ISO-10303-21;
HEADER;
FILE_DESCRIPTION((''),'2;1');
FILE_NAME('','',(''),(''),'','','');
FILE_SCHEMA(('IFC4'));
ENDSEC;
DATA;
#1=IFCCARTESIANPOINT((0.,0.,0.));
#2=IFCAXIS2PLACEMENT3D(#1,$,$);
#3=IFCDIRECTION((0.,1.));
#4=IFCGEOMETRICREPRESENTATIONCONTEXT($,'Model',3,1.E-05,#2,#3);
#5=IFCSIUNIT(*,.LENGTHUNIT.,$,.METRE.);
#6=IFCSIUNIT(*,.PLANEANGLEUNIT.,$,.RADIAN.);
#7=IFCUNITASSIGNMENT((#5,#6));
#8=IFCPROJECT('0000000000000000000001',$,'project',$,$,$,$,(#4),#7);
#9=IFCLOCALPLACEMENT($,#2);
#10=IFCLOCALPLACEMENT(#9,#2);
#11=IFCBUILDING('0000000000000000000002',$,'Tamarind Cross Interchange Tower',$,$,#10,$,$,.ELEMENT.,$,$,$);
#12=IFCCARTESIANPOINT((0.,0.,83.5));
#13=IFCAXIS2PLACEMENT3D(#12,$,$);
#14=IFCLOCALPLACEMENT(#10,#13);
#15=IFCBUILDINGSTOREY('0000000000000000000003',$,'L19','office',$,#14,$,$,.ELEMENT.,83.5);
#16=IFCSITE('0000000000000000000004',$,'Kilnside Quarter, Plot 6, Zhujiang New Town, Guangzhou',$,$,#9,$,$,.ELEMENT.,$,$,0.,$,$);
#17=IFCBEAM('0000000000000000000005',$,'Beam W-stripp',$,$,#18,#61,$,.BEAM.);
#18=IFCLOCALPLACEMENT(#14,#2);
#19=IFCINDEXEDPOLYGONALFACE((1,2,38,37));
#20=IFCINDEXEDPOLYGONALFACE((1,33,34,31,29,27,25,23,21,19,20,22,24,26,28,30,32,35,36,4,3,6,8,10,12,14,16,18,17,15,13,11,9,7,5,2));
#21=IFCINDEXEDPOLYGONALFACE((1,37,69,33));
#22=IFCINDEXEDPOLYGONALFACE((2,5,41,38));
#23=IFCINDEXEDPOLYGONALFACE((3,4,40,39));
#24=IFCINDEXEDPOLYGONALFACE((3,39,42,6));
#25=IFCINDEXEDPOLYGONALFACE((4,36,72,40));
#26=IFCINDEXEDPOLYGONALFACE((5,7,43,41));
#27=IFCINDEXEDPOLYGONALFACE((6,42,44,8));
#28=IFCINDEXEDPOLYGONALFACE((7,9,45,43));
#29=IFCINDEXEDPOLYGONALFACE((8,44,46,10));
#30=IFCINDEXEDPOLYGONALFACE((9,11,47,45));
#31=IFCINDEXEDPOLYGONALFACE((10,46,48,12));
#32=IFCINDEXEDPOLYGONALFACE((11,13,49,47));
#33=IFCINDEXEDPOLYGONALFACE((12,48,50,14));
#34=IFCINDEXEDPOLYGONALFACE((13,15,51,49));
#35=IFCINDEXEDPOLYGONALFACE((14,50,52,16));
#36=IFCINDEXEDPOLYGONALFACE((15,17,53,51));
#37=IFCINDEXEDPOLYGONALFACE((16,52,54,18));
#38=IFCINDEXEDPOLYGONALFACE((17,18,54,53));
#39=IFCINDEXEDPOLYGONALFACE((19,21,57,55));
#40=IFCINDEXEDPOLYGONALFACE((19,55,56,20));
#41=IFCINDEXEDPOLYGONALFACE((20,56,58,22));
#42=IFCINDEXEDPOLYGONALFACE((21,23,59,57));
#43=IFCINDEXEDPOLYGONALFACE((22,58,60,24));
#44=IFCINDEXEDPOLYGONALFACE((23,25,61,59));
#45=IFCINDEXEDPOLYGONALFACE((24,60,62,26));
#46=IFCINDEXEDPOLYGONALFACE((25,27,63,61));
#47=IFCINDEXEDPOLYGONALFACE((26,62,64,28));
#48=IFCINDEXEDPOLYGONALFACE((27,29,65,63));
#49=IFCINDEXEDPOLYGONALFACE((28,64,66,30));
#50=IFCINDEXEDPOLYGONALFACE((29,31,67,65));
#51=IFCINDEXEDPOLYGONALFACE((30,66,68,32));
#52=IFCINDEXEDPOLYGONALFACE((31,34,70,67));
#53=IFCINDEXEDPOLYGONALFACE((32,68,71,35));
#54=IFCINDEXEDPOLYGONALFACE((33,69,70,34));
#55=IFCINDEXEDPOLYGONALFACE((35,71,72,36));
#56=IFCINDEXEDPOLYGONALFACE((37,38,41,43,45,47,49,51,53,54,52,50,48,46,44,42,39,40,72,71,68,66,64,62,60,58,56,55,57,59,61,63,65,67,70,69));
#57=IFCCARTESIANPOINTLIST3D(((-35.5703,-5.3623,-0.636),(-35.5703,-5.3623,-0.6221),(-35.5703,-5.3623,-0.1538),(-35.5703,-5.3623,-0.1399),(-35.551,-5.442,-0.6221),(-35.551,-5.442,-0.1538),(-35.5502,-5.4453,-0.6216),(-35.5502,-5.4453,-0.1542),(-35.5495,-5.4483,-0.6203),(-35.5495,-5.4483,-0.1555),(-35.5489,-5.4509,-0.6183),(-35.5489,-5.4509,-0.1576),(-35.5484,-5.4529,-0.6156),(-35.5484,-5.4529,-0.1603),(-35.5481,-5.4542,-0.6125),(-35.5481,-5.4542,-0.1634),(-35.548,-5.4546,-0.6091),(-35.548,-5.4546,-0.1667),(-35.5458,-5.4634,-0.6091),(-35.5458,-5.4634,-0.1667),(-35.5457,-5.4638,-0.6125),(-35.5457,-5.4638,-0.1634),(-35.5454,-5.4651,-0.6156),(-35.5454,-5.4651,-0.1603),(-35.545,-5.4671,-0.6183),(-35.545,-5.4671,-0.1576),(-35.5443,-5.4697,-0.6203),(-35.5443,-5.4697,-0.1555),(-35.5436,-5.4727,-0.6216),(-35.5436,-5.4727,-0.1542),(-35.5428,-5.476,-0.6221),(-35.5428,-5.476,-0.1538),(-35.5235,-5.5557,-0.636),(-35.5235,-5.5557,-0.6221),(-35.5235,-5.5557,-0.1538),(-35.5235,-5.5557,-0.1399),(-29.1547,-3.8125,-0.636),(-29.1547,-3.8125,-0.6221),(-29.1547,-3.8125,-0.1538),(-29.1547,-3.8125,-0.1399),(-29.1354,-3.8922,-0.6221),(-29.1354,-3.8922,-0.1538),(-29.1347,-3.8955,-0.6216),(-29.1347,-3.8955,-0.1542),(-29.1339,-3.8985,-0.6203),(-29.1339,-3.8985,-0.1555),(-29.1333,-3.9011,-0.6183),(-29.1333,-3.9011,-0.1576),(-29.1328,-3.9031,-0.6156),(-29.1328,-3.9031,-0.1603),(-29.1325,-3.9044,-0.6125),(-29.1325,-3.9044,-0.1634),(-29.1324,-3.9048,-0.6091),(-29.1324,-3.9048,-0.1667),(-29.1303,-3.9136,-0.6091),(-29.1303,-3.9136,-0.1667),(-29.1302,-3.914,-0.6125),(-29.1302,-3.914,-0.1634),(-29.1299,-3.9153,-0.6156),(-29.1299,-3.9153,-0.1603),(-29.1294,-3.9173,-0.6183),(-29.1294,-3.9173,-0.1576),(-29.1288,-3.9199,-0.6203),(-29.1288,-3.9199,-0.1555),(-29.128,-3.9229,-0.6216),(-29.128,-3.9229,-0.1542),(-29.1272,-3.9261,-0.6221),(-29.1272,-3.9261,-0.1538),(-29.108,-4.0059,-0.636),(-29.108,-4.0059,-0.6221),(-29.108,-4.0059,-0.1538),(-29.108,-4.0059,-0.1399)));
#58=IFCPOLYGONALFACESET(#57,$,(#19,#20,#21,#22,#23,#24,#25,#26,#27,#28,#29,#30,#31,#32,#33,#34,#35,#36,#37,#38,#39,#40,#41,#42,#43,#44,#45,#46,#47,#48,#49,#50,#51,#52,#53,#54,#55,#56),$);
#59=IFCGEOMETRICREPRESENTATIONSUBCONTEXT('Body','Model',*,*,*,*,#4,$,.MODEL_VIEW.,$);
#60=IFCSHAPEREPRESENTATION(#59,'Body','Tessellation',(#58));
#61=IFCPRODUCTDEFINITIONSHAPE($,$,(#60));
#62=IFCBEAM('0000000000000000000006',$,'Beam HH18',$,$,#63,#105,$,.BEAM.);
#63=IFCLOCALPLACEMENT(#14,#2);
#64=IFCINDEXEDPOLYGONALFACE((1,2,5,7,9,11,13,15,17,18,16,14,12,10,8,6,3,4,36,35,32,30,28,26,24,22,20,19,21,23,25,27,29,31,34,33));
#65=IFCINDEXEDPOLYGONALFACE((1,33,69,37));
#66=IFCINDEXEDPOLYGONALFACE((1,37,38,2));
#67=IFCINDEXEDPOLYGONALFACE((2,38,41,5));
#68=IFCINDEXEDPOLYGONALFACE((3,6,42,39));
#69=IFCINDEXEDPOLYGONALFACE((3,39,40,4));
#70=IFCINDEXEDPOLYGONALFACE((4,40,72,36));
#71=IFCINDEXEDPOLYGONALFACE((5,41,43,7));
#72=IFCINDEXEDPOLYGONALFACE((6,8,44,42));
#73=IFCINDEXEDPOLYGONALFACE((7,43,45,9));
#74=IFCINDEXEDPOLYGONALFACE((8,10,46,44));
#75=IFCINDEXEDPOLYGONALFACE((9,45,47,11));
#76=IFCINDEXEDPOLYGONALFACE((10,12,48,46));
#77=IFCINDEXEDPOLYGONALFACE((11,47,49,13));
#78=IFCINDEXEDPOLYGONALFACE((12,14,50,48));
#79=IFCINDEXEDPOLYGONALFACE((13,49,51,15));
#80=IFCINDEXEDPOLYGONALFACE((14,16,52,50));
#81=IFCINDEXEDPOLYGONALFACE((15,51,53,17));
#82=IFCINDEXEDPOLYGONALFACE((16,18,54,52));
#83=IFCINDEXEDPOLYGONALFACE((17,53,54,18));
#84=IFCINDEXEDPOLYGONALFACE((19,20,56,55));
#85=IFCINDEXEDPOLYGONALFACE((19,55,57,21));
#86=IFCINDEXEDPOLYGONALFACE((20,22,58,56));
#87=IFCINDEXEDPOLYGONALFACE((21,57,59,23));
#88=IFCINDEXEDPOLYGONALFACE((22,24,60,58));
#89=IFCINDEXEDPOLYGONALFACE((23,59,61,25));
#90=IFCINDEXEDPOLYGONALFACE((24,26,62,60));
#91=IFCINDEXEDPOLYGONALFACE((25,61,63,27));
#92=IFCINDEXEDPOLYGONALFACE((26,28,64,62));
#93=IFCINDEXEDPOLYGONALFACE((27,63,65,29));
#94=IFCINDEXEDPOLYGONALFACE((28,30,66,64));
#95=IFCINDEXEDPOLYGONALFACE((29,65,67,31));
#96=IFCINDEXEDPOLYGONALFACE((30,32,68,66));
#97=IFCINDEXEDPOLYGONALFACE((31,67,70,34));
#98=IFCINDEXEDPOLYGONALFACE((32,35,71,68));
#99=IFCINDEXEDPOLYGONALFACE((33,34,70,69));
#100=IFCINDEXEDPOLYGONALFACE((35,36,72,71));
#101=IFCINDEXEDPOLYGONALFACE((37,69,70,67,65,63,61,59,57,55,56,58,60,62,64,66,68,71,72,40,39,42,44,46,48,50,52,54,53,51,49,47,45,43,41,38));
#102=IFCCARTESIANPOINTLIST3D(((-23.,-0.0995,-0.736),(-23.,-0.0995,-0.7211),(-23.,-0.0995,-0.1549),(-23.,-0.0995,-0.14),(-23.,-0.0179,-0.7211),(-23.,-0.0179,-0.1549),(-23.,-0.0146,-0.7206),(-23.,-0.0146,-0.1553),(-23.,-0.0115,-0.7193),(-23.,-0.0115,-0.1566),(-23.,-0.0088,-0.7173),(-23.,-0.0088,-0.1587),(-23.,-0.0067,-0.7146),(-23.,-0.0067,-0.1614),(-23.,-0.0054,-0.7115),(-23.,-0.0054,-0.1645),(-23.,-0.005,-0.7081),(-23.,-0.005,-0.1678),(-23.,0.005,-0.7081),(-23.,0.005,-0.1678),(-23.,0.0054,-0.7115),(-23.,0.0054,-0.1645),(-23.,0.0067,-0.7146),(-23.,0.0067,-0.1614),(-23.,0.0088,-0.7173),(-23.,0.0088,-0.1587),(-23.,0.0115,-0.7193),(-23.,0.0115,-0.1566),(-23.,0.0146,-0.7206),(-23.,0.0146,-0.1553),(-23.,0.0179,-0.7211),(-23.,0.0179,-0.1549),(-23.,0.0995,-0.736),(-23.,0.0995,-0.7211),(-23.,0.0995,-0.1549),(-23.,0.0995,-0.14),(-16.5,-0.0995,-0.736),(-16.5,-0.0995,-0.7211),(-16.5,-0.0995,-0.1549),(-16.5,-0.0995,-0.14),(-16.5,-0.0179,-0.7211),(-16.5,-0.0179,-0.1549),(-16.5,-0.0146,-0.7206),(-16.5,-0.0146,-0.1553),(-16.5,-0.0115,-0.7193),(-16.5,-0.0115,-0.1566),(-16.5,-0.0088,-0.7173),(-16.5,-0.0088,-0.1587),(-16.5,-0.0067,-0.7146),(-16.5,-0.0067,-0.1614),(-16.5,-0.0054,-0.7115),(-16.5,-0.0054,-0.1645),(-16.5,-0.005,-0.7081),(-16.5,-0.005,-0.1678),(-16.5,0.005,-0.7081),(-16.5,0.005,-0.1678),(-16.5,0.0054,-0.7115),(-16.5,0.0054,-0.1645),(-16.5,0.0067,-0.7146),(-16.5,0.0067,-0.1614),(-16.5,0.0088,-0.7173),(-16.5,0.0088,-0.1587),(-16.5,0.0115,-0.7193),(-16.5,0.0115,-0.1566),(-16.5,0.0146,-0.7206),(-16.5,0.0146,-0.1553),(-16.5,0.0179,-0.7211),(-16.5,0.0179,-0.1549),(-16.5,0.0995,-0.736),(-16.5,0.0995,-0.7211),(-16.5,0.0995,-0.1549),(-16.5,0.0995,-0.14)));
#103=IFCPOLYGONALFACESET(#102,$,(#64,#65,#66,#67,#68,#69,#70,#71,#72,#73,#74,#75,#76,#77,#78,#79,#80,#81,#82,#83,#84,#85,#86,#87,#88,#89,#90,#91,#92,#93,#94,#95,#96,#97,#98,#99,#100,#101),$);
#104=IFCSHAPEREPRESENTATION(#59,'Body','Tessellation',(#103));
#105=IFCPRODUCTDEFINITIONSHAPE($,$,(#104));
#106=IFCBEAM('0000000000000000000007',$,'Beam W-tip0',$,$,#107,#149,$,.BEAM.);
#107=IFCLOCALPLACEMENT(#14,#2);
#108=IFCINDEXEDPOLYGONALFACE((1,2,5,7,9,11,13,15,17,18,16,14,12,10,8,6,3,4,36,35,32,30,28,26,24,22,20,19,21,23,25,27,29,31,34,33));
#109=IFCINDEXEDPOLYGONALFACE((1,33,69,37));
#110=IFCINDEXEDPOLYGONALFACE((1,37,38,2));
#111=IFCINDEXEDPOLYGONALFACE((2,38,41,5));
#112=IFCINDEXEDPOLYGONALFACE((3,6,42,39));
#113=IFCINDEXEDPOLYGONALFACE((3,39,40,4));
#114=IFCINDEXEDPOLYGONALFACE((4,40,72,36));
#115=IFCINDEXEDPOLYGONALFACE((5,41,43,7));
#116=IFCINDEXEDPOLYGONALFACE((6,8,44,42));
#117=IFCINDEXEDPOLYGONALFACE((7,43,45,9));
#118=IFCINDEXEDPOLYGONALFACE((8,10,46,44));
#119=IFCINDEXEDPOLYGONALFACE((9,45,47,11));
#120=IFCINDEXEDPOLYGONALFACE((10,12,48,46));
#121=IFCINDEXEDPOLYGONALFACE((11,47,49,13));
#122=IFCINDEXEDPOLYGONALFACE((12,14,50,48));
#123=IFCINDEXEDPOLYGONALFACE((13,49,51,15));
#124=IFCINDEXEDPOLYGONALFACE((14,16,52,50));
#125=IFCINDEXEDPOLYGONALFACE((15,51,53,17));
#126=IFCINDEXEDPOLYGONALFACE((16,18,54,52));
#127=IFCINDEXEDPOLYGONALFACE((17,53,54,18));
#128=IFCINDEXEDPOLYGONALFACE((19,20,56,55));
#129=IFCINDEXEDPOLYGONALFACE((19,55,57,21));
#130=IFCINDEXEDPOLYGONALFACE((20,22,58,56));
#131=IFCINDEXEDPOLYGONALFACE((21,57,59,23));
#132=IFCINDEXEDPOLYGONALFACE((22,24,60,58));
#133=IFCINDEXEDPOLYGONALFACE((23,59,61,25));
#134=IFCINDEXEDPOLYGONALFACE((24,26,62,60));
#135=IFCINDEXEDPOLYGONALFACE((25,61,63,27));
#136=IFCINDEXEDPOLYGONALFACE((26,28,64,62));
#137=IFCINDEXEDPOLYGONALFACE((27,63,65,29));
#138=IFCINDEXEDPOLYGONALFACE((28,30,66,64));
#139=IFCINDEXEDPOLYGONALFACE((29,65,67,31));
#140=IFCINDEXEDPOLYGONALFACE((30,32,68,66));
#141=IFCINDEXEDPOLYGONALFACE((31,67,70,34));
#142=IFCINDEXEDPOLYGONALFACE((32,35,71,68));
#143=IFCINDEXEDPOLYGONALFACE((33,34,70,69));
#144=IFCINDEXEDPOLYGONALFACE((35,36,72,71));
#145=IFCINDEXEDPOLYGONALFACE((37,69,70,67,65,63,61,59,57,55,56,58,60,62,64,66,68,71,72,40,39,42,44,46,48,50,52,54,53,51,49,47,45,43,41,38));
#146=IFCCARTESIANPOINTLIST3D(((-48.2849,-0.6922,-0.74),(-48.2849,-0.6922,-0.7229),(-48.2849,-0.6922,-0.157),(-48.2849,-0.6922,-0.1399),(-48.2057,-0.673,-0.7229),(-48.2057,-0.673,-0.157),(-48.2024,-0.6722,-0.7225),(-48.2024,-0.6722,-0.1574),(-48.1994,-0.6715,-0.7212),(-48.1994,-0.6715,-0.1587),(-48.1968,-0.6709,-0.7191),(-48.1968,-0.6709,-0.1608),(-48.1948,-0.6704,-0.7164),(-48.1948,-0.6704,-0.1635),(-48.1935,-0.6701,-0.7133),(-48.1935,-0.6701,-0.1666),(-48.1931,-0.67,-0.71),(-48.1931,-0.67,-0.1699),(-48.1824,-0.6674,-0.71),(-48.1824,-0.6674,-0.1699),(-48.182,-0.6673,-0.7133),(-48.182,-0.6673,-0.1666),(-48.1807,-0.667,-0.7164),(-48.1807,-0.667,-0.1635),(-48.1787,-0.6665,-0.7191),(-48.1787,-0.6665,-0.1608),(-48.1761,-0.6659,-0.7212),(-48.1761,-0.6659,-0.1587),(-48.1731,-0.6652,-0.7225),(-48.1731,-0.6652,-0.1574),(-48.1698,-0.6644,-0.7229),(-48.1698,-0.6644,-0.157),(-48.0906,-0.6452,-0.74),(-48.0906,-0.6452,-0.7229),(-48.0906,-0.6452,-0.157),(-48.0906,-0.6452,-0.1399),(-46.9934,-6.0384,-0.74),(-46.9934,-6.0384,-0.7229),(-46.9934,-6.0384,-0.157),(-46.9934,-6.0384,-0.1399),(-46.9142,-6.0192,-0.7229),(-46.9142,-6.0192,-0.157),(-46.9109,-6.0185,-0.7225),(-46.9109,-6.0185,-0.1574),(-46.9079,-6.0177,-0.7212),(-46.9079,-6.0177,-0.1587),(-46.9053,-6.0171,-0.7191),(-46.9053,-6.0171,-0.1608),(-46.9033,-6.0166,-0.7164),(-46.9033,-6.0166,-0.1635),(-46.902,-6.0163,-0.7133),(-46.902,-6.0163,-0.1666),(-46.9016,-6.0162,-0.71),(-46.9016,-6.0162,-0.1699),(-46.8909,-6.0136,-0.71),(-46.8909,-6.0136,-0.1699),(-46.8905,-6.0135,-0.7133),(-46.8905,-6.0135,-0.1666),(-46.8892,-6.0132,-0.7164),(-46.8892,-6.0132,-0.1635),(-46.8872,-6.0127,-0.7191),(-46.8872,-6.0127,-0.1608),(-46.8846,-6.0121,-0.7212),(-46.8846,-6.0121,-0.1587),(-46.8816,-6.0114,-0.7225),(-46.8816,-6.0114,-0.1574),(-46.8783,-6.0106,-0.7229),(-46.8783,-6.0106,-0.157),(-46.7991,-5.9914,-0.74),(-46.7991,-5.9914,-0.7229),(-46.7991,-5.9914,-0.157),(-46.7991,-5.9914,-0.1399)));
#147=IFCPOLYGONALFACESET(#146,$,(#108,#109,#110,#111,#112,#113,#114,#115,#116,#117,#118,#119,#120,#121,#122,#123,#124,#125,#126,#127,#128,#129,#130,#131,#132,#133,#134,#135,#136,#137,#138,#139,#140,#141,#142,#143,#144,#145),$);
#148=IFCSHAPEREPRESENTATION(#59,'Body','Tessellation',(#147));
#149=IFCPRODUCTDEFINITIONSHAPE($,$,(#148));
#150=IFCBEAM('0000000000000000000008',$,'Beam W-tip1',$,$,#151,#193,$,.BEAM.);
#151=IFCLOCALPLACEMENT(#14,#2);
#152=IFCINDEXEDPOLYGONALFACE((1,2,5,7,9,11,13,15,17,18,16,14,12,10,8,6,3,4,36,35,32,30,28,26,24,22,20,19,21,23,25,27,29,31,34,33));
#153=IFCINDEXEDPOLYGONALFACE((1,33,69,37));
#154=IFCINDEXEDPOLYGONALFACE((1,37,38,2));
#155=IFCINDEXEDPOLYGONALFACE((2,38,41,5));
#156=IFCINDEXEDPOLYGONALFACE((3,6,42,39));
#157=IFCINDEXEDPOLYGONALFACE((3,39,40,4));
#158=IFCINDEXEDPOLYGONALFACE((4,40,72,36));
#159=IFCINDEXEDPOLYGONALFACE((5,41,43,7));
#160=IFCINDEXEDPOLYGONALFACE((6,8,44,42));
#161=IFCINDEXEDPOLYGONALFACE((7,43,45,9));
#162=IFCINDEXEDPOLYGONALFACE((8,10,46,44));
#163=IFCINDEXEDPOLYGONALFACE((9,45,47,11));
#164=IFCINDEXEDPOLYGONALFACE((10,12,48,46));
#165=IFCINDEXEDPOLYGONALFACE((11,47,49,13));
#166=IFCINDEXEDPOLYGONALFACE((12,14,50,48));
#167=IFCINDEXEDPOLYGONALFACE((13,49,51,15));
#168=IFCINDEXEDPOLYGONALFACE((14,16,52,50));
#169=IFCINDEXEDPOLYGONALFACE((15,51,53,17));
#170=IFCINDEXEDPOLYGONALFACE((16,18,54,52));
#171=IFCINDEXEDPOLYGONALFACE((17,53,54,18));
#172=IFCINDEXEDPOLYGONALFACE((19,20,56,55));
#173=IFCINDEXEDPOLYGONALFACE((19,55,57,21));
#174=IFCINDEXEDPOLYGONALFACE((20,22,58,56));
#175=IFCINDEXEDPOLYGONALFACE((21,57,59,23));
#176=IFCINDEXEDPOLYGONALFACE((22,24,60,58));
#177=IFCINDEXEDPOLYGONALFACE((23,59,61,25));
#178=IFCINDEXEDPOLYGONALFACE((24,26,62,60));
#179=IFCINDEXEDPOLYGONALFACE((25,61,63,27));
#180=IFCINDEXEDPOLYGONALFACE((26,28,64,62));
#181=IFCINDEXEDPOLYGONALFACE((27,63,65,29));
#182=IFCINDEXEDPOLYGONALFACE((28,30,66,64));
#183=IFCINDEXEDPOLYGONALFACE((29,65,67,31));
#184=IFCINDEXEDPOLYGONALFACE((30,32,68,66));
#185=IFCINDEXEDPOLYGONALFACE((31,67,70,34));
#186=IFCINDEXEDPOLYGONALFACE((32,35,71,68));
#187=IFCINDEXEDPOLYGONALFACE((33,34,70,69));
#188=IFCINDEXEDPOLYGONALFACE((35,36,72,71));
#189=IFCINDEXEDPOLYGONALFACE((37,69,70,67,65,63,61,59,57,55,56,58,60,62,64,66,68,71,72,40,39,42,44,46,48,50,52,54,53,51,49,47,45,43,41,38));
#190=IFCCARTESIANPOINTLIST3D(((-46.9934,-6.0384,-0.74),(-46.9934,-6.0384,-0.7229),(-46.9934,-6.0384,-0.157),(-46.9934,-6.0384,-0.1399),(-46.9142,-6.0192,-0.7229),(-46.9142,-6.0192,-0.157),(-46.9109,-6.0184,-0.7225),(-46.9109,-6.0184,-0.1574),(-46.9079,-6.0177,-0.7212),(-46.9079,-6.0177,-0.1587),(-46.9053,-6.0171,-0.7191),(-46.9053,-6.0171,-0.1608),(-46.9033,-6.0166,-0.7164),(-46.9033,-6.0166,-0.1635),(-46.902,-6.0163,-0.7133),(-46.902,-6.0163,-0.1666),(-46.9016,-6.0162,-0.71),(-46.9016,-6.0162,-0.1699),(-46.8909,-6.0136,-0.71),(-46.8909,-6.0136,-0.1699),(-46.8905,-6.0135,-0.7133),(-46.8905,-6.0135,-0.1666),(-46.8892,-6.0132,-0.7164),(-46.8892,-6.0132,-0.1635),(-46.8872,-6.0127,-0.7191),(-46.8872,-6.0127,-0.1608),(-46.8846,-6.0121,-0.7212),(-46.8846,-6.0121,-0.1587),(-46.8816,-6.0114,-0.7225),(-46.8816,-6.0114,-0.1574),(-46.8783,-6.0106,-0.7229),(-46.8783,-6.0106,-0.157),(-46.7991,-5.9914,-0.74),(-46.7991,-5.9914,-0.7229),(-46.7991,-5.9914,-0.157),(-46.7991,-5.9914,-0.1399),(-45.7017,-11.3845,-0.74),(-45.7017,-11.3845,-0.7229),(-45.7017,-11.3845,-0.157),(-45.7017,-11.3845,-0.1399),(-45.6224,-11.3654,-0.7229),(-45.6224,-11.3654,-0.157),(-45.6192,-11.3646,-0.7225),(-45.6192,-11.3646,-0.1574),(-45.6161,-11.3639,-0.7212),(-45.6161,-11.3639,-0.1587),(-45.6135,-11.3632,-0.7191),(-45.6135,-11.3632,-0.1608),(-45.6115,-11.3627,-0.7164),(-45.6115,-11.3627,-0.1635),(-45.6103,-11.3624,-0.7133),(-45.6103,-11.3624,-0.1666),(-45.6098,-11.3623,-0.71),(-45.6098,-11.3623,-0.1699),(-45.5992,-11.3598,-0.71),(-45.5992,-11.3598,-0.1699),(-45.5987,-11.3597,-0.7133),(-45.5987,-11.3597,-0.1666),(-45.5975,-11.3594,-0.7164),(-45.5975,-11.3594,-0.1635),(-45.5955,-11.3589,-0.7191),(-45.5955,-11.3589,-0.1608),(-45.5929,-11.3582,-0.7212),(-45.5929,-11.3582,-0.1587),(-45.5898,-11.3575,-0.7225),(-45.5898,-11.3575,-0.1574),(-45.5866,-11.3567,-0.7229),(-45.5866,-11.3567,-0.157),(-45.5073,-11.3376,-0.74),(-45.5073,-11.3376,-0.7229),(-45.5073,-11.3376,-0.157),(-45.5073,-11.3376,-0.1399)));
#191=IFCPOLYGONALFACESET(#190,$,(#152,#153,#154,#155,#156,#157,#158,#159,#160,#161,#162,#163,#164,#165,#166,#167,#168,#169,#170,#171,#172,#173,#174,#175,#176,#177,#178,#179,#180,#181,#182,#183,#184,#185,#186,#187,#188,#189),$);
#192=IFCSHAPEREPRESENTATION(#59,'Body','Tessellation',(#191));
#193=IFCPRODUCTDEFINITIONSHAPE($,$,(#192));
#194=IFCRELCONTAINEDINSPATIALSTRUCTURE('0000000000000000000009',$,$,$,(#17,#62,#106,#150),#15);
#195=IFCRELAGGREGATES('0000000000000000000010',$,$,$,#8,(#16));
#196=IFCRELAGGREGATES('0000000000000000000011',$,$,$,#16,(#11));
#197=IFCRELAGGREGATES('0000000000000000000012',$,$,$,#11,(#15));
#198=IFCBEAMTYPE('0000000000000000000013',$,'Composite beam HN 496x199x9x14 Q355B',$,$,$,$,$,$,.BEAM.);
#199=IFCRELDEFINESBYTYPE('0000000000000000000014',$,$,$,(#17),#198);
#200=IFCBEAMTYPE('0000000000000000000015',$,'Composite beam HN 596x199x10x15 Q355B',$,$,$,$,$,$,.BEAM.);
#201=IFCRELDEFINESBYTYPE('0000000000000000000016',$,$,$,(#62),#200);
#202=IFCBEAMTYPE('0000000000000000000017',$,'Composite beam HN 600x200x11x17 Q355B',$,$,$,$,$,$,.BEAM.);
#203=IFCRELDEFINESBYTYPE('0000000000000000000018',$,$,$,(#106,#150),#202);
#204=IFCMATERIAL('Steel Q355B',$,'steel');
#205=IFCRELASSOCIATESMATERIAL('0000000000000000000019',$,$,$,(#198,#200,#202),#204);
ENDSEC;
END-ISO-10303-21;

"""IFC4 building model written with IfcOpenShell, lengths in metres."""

from ifc_helpers import new_model, si_unit, direction, frame, origin, origin_2d, place, context, subcontext, project, spatial, i_section, extrude, material, material_profile, profile_set, type_object, element, save


model = new_model("IFC4")

# Units and contexts
model_context = context("Model", 3, precision=1e-05, world=origin(), true_north=direction((0.0, 1.0)))
body_context = subcontext(model_context, "Body", "Model", "MODEL_VIEW")
ifc_project = project(units=[si_unit("LENGTHUNIT", "METRE"), si_unit("PLANEANGLEUNIT", "RADIAN")], contexts=[model_context])

# Site, building, storey
site_placement = place(None, origin())
site = spatial("IfcSite", under=ifc_project, at=site_placement, Name="Kilnside Quarter, Plot 6, Zhujiang New Town, Guangzhou", CompositionType="ELEMENT", RefElevation=0.0)
building_placement = place(site_placement, origin())
building = spatial("IfcBuilding", under=site, at=building_placement, Name="Tamarind Cross Interchange Tower", CompositionType="ELEMENT")
storey_placement = place(building_placement, frame((0.0, 0.0, 83.5)))
storey = spatial("IfcBuildingStorey", under=building, at=storey_placement, Name="L19", Description="office", CompositionType="ELEMENT", Elevation=83.5)

# Beams
ifc_material_1 = material(Name="Steel Q355B", Category="steel")
ifc_material_profile_1 = material_profile(ifc_material_1, i_section(OverallWidth=0.199, OverallDepth=0.4961, WebThickness=0.009, FlangeThickness=0.0139, FilletRadius=0.0129, at=origin_2d()), Name="HN 496x199x9x14")
ifc_profile_set_1 = profile_set([ifc_material_profile_1], Name="Steel Q355B")
beam_type_1 = type_object("IfcBeamType", Name="Composite beam HN 496x199x9x14 Q355B", PredefinedType="BEAM", material=ifc_profile_set_1)
beam_1_placement = place(storey_placement, frame((-29.1313, -3.9092, -0.3879), z_axis=(-0.97204, -0.234817, 0.0), x_axis=(0.234817, -0.97204, 0.0)))
element("IfcBeam", 1, at=beam_1_placement, inside=storey, type_object=beam_type_1, Name="Beam W-stripp", PredefinedType="BEAM", context=body_context, shape_type="SweptSolid", body=[
    extrude(i_section(OverallWidth=0.199, OverallDepth=0.4961, WebThickness=0.009, FlangeThickness=0.0139, FilletRadius=0.0129, at=origin_2d()), origin(), (0.0, 0.0, 1.0), 6.6001),
])
ifc_material_profile_2 = material_profile(ifc_material_1, i_section(OverallWidth=0.199, OverallDepth=0.5959, WebThickness=0.01, FlangeThickness=0.0149, FilletRadius=0.0129, at=origin_2d()), Name="HN 596x199x10x15")
ifc_profile_set_2 = profile_set([ifc_material_profile_2], Name="Steel Q355B")
beam_type_2 = type_object("IfcBeamType", Name="Composite beam HN 596x199x10x15 Q355B", PredefinedType="BEAM", material=ifc_profile_set_2)
beam_2_placement = place(storey_placement, frame((-23.0, 0.0, -0.438), z_axis=(1.0, 0.0, 0.0), x_axis=(0.0, 1.0, 0.0)))
element("IfcBeam", 2, at=beam_2_placement, inside=storey, type_object=beam_type_2, Name="Beam HH18", PredefinedType="BEAM", context=body_context, shape_type="SweptSolid", body=[
    extrude(i_section(OverallWidth=0.199, OverallDepth=0.5959, WebThickness=0.01, FlangeThickness=0.0149, FilletRadius=0.0129, at=origin_2d()), origin(), (0.0, 0.0, 1.0), 6.5),
])
ifc_material_profile_3 = material_profile(ifc_material_1, i_section(OverallWidth=0.2, OverallDepth=0.6001, WebThickness=0.011, FlangeThickness=0.0171, FilletRadius=0.0129, at=origin_2d()), Name="HN 600x200x11x17")
ifc_profile_set_3 = profile_set([ifc_material_profile_3], Name="Steel Q355B")
beam_type_3 = type_object("IfcBeamType", Name="Composite beam HN 600x200x11x17 Q355B", PredefinedType="BEAM", material=ifc_profile_set_3)
for number, where, z_axis, x_axis, name in (
    (3, (-48.1877, -0.6687, -0.4399), (0.23482, -0.972039, 0.0), (0.972039, 0.23482, 0.0), "Beam W-tip0"),
    (4, (-46.8962, -6.0149, -0.4399), (0.234862, -0.972029, 0.0), (0.972029, 0.234862, 0.0), "Beam W-tip1"),
):
    element("IfcBeam", number, at=place(storey_placement, frame(where, z_axis=z_axis, x_axis=x_axis)), inside=storey, type_object=beam_type_3, Name=name, PredefinedType="BEAM", context=body_context, shape_type="SweptSolid", body=[
        extrude(i_section(OverallWidth=0.2, OverallDepth=0.6001, WebThickness=0.011, FlangeThickness=0.0171, FilletRadius=0.0129, at=origin_2d()), origin(), (0.0, 0.0, 1.0), 5.5),
    ])

save(model, "model.ifc")
